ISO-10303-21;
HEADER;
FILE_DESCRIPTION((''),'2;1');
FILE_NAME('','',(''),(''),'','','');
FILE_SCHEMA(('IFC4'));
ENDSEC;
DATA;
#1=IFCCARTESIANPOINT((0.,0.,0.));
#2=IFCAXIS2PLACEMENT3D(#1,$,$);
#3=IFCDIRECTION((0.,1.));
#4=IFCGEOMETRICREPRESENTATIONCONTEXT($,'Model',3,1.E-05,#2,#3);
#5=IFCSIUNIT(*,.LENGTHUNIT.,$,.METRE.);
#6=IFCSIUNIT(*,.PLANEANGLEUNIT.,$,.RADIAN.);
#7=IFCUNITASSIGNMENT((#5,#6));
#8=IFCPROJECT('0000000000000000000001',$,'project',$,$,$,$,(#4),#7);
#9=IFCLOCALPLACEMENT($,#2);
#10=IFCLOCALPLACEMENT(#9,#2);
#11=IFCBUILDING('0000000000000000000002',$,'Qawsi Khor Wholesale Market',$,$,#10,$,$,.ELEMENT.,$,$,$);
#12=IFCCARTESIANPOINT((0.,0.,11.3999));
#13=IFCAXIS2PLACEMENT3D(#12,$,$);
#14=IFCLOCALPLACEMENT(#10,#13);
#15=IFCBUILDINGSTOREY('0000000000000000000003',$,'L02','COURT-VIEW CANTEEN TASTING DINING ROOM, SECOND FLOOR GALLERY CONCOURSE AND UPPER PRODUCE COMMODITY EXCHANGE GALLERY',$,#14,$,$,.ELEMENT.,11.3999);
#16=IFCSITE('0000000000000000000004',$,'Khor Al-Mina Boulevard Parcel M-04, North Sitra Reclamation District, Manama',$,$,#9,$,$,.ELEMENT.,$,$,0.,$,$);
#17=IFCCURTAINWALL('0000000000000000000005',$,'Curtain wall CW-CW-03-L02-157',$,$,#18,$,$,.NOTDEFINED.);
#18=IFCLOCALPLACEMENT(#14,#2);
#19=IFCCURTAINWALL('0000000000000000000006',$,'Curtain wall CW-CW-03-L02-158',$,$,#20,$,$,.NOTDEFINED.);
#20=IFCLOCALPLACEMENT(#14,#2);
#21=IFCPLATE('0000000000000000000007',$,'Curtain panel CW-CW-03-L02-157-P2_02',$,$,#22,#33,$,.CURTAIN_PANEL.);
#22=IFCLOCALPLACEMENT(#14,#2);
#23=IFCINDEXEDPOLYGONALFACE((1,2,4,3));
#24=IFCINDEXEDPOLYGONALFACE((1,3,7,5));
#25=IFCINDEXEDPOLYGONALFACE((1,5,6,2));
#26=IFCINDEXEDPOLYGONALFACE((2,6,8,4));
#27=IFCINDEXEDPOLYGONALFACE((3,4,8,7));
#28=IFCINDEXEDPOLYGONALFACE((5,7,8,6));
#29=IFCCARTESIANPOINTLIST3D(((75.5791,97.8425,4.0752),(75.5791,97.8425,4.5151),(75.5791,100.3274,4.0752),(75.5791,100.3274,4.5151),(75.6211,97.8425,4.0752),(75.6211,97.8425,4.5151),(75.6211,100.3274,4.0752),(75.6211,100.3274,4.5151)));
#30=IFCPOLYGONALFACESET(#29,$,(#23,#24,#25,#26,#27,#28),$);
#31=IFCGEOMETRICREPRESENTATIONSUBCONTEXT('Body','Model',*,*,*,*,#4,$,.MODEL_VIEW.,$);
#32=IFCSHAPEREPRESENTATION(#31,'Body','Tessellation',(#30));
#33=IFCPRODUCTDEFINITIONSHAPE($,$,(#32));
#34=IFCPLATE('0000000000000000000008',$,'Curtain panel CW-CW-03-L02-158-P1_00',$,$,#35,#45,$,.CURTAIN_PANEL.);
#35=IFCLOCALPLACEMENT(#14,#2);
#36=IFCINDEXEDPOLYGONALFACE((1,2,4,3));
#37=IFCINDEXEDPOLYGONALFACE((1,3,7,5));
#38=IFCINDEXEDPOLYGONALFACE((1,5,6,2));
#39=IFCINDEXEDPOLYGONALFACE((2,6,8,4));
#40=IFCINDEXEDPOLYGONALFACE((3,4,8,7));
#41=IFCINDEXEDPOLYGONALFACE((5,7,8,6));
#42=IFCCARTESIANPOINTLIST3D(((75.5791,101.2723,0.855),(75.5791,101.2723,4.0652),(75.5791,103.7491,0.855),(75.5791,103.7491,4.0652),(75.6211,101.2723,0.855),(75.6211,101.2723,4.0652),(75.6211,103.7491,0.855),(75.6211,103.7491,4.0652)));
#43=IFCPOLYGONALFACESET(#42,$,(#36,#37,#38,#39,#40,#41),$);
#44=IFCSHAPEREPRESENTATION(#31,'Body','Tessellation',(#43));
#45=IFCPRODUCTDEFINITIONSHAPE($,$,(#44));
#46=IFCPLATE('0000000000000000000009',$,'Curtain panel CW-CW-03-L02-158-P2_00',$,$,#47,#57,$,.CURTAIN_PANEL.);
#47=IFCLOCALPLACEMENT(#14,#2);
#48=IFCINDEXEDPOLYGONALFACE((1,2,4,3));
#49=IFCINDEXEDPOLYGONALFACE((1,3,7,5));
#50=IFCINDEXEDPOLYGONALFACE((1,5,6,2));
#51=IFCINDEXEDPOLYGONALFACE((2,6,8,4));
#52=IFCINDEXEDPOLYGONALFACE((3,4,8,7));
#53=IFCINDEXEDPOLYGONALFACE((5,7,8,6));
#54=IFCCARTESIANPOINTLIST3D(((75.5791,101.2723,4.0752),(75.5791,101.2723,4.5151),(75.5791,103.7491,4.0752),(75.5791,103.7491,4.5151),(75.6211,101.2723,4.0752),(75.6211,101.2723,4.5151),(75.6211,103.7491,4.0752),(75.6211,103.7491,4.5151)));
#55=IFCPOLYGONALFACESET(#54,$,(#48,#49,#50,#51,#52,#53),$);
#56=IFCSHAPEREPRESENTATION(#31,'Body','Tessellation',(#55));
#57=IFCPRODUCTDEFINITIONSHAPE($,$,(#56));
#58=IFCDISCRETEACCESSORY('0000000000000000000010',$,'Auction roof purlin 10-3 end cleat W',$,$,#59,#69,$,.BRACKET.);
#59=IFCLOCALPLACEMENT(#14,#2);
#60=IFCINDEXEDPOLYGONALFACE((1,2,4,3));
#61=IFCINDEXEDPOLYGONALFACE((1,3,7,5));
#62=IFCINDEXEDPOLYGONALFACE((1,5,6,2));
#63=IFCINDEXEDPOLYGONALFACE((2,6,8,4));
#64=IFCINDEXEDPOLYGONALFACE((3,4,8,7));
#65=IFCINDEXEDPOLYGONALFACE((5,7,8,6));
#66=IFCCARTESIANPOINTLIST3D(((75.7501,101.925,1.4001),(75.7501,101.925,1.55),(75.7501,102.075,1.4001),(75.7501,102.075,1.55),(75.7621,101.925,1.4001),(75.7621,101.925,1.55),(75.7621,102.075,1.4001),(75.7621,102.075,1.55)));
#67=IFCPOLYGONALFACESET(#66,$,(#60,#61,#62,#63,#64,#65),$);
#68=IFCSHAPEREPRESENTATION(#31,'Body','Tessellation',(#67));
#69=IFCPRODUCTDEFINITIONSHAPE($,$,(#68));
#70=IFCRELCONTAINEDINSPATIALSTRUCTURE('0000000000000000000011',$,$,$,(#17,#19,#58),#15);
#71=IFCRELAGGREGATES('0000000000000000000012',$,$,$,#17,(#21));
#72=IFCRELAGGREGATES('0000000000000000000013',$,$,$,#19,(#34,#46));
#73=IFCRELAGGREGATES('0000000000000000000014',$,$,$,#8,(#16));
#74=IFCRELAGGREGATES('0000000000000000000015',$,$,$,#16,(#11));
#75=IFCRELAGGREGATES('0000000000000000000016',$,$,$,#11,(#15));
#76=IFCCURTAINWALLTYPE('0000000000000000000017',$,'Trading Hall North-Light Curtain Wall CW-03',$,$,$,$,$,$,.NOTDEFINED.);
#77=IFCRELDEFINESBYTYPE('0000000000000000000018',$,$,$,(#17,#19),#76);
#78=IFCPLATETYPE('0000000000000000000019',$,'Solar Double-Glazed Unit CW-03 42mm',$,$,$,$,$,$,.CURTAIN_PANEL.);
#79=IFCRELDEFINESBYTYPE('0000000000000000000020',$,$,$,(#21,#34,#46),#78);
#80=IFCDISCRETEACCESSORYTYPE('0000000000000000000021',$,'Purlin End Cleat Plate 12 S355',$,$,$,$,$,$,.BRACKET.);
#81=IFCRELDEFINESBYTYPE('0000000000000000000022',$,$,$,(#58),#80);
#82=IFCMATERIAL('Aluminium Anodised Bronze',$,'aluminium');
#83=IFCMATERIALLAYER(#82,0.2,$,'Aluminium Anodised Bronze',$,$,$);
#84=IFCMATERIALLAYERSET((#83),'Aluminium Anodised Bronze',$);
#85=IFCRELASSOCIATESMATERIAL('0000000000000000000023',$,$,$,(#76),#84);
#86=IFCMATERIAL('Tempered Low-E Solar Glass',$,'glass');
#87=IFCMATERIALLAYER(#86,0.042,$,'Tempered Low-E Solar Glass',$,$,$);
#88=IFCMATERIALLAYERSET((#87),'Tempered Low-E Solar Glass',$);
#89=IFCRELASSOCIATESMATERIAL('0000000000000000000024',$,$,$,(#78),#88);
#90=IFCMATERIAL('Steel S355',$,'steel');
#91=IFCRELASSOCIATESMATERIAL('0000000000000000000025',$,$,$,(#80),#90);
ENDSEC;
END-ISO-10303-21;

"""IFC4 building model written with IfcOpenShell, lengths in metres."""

from ifc_helpers import new_model, si_unit, direction, frame, frame_2d, origin, origin_2d, place, context, subcontext, project, spatial, rectangle, extrude, material, layer, layer_set, type_object, element, aggregate, save


model = new_model("IFC4")

# Units and contexts
model_context = context("Model", 3, precision=1e-05, world=origin(), true_north=direction((0.0, 1.0)))
body_context = subcontext(model_context, "Body", "Model", "MODEL_VIEW")
ifc_project = project(units=[si_unit("LENGTHUNIT", "METRE"), si_unit("PLANEANGLEUNIT", "RADIAN")], contexts=[model_context])

# Site, building, storey
site_placement = place(None, origin())
site = spatial("IfcSite", under=ifc_project, at=site_placement, Name="Khor Al-Mina Boulevard Parcel M-04, North Sitra Reclamation District, Manama", CompositionType="ELEMENT", RefElevation=0.0)
building_placement = place(site_placement, origin())
building = spatial("IfcBuilding", under=site, at=building_placement, Name="Qawsi Khor Wholesale Market", CompositionType="ELEMENT")
storey_placement = place(building_placement, frame((0.0, 0.0, 11.3999)))
storey = spatial("IfcBuildingStorey", under=building, at=storey_placement, Name="L02", Description="COURT-VIEW CANTEEN TASTING DINING ROOM, SECOND FLOOR GALLERY CONCOURSE AND UPPER PRODUCE COMMODITY EXCHANGE GALLERY", CompositionType="ELEMENT", Elevation=11.3999)

# Shared definitions
ifc_material_1 = material(Name="Steel S355", Category="steel")

# Curtain wall
ifc_material_2 = material(Name="Aluminium Anodised Bronze", Category="aluminium")
ifc_layer_1 = layer(ifc_material_2, 0.2, Name="Aluminium Anodised Bronze")
ifc_layer_set_1 = layer_set([ifc_layer_1], Name="Aluminium Anodised Bronze")
curtain_wall_type = type_object("IfcCurtainWallType", Name="Trading Hall North-Light Curtain Wall CW-03", PredefinedType="NOTDEFINED", material=ifc_layer_set_1)
curtain_wall_1_placement = place(storey_placement, origin())
curtain_wall_1 = element("IfcCurtainWall", 1, at=curtain_wall_1_placement, inside=storey, type_object=curtain_wall_type, Name="Curtain wall CW-CW-03-L02-157", PredefinedType="NOTDEFINED")

# Curtain wall
curtain_wall_2_placement = place(storey_placement, origin())
curtain_wall_2 = element("IfcCurtainWall", 2, at=curtain_wall_2_placement, inside=storey, type_object=curtain_wall_type, Name="Curtain wall CW-CW-03-L02-158", PredefinedType="NOTDEFINED")

# Plates
ifc_material_3 = material(Name="Tempered Low-E Solar Glass", Category="glass")
ifc_layer_2 = layer(ifc_material_3, 0.042, Name="Tempered Low-E Solar Glass")
ifc_layer_set_2 = layer_set([ifc_layer_2], Name="Tempered Low-E Solar Glass")
plate_type_1 = type_object("IfcPlateType", Name="Solar Double-Glazed Unit CW-03 42mm", PredefinedType="CURTAIN_PANEL", material=ifc_layer_set_2)
plate_1_placement = place(storey_placement, frame((75.6001, 97.8425, 4.0752), z_axis=(0.0, 0.0, 1.0), x_axis=(0.0, 1.0, 0.0)))
plate_1 = element("IfcPlate", 3, at=plate_1_placement, type_object=plate_type_1, Name="Curtain panel CW-CW-03-L02-157-P2_02", PredefinedType="CURTAIN_PANEL", context=body_context, shape_type="SweptSolid", body=[
    extrude(rectangle(XDim=2.4849, YDim=0.042, at=frame_2d((1.2424, 0.0))), origin(), (0.0, 0.0, 1.0), 0.4399),
])
aggregate(curtain_wall_1, [plate_1])
plate_2_placement = place(storey_placement, frame((75.6001, 101.2725, 0.855), z_axis=(0.0, 0.0, 1.0), x_axis=(0.0, 1.0, 0.0)))
plate_2 = element("IfcPlate", 4, at=plate_2_placement, type_object=plate_type_1, Name="Curtain panel CW-CW-03-L02-158-P1_00", PredefinedType="CURTAIN_PANEL", context=body_context, shape_type="SweptSolid", body=[
    extrude(rectangle(XDim=2.4768, YDim=0.042, at=frame_2d((1.2383, 0.0))), origin(), (0.0, 0.0, 1.0), 3.2102),
])
plate_3_placement = place(storey_placement, frame((75.6001, 101.2725, 4.0752), z_axis=(0.0, 0.0, 1.0), x_axis=(0.0, 1.0, 0.0)))
plate_3 = element("IfcPlate", 5, at=plate_3_placement, type_object=plate_type_1, Name="Curtain panel CW-CW-03-L02-158-P2_00", PredefinedType="CURTAIN_PANEL", context=body_context, shape_type="SweptSolid", body=[
    extrude(rectangle(XDim=2.4768, YDim=0.042, at=frame_2d((1.2383, 0.0))), origin(), (0.0, 0.0, 1.0), 0.4399),
])
aggregate(curtain_wall_2, [plate_2, plate_3])

# Discrete accessory
discrete_accessory_type = type_object("IfcDiscreteAccessoryType", Name="Purlin End Cleat Plate 12 S355", PredefinedType="BRACKET", material=ifc_material_1)
discrete_accessory_placement = place(storey_placement, frame((75.7561, 102.0, 1.4001), z_axis=(0.0, 0.0, 1.0), x_axis=(1.0, 0.0, 0.0)))
element("IfcDiscreteAccessory", 6, at=discrete_accessory_placement, inside=storey, type_object=discrete_accessory_type, Name="Auction roof purlin 10-3 end cleat W", PredefinedType="BRACKET", context=body_context, shape_type="SweptSolid", body=[
    extrude(rectangle(XDim=0.012, YDim=0.1499, at=origin_2d()), origin(), (0.0, 0.0, 1.0), 0.1499),
])

save(model, "model.ifc")
